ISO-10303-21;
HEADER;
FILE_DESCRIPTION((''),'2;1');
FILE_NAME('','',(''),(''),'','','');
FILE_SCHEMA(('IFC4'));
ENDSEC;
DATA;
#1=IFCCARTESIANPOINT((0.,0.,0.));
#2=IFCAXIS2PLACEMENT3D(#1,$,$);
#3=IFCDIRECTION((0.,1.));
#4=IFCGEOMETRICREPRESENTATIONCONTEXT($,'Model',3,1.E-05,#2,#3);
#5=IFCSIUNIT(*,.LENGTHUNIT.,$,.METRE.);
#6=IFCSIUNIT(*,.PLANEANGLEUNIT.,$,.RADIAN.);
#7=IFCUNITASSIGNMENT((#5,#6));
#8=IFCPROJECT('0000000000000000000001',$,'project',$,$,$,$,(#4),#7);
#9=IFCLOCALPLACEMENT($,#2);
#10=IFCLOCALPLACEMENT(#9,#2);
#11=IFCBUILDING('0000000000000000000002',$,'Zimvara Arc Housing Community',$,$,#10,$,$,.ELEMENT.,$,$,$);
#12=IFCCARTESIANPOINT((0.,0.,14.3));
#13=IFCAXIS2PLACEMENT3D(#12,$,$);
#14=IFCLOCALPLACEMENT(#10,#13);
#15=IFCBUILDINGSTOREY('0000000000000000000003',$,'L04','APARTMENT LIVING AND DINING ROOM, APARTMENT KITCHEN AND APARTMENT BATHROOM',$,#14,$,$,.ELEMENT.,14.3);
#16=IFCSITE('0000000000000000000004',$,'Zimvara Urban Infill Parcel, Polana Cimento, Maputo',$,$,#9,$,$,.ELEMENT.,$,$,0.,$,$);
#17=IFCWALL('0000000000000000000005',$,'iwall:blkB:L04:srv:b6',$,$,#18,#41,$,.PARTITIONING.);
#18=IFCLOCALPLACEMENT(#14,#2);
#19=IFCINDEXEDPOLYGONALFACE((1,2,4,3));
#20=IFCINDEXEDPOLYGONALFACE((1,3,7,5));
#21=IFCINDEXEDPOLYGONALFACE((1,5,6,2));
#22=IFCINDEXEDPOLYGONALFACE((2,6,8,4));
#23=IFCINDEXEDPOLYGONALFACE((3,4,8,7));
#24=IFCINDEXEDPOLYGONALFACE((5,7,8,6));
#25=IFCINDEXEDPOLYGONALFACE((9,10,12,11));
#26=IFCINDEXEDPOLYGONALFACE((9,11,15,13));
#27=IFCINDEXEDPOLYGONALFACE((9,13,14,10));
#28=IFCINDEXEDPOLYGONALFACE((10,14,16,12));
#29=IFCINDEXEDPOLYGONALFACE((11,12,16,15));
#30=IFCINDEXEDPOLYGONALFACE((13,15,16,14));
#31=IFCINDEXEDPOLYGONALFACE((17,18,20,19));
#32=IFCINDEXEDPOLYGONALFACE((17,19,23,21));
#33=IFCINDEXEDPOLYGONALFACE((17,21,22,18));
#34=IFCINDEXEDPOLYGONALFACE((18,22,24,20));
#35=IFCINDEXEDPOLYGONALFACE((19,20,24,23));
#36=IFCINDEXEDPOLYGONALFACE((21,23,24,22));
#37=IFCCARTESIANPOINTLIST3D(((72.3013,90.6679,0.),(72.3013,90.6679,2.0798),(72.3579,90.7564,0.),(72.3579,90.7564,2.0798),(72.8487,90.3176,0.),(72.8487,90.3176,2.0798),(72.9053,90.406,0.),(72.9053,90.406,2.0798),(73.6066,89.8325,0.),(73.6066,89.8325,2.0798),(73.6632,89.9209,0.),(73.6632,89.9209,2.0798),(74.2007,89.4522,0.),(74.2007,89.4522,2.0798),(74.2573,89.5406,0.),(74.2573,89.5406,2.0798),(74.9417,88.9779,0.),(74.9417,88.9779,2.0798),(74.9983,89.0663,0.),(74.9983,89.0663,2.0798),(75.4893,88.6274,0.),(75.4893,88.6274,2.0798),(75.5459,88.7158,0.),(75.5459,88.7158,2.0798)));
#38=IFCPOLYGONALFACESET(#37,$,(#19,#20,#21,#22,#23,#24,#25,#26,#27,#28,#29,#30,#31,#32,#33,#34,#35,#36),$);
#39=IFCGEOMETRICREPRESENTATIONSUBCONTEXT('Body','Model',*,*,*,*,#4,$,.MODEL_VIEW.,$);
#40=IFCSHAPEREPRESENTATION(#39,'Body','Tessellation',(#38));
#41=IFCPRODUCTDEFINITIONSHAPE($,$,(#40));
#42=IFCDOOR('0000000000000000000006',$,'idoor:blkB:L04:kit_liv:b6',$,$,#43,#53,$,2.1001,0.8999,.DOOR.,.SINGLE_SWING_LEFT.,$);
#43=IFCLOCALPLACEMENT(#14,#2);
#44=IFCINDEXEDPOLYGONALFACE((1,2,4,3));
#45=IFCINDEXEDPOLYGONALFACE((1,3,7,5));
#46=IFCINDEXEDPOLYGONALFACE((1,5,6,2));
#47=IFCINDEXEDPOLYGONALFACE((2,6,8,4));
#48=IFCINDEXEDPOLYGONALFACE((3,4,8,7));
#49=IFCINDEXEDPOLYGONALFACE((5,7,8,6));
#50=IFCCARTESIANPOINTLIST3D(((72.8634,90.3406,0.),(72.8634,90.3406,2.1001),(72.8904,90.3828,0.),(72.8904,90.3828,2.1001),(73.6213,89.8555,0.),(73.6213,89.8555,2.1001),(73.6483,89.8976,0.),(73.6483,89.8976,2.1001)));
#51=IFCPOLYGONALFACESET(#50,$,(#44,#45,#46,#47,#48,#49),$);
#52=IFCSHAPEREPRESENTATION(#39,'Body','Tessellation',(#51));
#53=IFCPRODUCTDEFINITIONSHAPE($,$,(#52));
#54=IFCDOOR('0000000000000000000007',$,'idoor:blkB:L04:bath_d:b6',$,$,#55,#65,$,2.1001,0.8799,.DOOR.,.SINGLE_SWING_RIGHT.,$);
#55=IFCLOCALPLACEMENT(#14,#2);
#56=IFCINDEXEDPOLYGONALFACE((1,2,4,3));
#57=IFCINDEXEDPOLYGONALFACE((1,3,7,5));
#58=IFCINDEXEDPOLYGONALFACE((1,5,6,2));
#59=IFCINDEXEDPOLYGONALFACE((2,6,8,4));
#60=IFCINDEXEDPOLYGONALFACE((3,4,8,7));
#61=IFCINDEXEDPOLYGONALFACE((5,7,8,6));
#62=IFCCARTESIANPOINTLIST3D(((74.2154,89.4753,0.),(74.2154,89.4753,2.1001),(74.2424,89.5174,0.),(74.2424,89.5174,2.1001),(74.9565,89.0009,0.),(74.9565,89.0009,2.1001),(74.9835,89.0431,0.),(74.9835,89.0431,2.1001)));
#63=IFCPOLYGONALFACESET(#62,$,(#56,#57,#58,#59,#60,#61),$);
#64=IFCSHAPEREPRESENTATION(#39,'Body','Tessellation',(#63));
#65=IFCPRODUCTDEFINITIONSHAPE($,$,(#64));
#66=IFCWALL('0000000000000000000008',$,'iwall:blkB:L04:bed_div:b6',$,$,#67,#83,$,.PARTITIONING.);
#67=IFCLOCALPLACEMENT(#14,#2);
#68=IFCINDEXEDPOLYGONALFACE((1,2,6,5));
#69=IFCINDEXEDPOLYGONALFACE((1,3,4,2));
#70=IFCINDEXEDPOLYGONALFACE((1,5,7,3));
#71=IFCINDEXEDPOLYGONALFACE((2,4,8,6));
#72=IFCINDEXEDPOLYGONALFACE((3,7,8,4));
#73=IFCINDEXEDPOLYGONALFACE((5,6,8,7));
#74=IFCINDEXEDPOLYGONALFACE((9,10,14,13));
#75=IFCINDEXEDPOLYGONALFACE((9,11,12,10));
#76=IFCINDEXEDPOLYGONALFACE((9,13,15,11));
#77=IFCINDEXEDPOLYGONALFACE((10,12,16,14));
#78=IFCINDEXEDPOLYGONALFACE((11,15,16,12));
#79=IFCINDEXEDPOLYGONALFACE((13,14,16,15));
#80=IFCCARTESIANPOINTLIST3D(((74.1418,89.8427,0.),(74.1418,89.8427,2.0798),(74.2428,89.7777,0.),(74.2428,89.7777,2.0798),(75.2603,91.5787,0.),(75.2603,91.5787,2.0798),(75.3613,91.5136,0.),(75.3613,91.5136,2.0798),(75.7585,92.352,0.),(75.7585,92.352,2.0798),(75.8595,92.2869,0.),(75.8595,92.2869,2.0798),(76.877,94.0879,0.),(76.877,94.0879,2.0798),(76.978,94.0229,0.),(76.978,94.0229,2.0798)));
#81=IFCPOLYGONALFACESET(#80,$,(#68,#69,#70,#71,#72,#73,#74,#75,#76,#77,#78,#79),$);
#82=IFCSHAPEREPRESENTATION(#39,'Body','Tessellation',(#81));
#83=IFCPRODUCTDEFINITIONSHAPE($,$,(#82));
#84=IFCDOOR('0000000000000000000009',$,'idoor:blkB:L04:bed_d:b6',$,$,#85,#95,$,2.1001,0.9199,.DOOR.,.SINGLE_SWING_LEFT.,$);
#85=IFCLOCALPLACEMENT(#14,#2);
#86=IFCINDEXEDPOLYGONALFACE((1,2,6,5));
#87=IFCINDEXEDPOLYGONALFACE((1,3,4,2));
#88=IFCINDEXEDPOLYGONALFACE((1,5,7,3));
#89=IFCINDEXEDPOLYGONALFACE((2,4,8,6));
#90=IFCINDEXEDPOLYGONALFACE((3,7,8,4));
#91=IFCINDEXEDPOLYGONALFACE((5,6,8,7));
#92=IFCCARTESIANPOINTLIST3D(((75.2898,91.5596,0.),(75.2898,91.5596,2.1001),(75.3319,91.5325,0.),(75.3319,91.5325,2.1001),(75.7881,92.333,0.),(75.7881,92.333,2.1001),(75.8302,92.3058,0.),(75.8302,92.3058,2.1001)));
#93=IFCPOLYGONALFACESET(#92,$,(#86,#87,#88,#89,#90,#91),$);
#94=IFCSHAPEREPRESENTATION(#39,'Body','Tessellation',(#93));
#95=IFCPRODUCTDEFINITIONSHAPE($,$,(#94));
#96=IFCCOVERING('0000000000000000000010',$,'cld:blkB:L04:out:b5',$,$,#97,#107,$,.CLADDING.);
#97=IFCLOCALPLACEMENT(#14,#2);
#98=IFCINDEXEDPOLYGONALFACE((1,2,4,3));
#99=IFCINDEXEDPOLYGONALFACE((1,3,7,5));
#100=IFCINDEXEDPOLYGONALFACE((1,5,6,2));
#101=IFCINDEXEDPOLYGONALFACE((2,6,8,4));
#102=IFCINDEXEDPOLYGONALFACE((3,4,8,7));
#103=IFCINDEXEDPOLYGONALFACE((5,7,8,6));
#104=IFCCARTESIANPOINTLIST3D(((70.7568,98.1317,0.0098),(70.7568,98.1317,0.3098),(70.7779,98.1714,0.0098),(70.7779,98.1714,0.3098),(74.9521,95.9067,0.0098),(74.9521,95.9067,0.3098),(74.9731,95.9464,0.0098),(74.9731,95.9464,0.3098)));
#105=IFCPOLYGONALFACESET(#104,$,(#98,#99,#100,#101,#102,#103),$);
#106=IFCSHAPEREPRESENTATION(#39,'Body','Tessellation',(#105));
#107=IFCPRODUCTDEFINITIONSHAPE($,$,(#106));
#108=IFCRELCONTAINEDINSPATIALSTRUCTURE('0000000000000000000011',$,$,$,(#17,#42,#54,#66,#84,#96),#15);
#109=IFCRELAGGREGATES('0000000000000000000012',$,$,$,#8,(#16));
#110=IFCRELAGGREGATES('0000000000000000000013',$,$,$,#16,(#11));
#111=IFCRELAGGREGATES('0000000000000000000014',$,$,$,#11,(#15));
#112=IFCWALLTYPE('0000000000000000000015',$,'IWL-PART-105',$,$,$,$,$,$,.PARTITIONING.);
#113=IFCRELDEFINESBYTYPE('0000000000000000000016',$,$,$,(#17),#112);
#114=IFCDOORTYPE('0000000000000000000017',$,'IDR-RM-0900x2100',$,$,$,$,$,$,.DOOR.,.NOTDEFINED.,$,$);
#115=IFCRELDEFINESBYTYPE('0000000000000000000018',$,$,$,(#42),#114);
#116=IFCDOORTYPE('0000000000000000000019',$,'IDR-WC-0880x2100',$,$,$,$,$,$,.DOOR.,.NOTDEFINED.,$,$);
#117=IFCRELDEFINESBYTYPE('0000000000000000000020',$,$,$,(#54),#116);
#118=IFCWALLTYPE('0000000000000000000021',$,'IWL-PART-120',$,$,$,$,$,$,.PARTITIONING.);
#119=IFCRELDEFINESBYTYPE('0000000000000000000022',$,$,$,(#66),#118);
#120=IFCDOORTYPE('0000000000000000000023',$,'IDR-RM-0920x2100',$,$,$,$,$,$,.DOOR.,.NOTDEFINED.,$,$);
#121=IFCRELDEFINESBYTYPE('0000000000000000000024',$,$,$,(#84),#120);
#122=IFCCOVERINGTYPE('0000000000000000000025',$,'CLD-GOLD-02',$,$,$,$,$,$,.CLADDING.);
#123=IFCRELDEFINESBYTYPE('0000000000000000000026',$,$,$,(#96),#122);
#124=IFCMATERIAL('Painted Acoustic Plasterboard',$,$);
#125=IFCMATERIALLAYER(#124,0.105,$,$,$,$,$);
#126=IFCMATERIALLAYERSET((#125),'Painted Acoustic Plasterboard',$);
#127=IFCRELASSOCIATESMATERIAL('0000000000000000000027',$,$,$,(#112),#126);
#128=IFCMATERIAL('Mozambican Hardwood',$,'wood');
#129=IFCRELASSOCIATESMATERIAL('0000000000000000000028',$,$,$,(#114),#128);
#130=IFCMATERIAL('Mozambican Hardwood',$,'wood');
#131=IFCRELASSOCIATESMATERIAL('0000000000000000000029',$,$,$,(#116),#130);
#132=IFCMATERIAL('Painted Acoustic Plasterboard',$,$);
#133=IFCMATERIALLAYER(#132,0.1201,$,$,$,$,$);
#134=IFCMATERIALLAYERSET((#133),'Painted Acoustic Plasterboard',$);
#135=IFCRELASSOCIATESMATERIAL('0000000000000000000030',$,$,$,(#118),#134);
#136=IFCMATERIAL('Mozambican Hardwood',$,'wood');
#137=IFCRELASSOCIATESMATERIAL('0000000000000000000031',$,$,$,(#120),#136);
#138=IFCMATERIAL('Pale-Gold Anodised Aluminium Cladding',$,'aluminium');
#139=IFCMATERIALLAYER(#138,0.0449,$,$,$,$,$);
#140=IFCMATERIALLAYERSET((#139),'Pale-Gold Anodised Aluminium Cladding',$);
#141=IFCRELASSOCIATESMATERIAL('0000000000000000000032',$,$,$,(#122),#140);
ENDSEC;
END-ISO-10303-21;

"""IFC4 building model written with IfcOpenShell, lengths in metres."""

from ifc_helpers import new_model, si_unit, direction, frame, frame_2d, origin, origin_2d, place, context, subcontext, project, spatial, rectangle, extrude, material, layer, layer_set, type_object, element, fill, save


model = new_model("IFC4")

# Units and contexts
model_context = context("Model", 3, precision=1e-05, world=origin(), true_north=direction((0.0, 1.0)))
body_context = subcontext(model_context, "Body", "Model", "MODEL_VIEW")
ifc_project = project(units=[si_unit("LENGTHUNIT", "METRE"), si_unit("PLANEANGLEUNIT", "RADIAN")], contexts=[model_context])

# Site, building, storey
site_placement = place(None, origin())
site = spatial("IfcSite", under=ifc_project, at=site_placement, Name="Zimvara Urban Infill Parcel, Polana Cimento, Maputo", CompositionType="ELEMENT", RefElevation=0.0)
building_placement = place(site_placement, origin())
building = spatial("IfcBuilding", under=site, at=building_placement, Name="Zimvara Arc Housing Community", CompositionType="ELEMENT")
storey_placement = place(building_placement, frame((0.0, 0.0, 14.3)))
storey = spatial("IfcBuildingStorey", under=building, at=storey_placement, Name="L04", Description="APARTMENT LIVING AND DINING ROOM, APARTMENT KITCHEN AND APARTMENT BATHROOM", CompositionType="ELEMENT", Elevation=14.3)

# Wall, openings, doors
ifc_material_1 = material(Name="Painted Acoustic Plasterboard")
ifc_layer_1 = layer(ifc_material_1, 0.105)
ifc_layer_set_1 = layer_set([ifc_layer_1], Name="Painted Acoustic Plasterboard")
wall_type_1 = type_object("IfcWallType", Name="IWL-PART-105", PredefinedType="PARTITIONING", material=ifc_layer_set_1)
wall_1_placement = place(storey_placement, frame((72.3296, 90.7122, 0.0), z_axis=(0.0, 0.0, 1.0), x_axis=(0.842246, -0.539094, 0.0)))
wall_1 = element("IfcWall", 1, at=wall_1_placement, inside=storey, type_object=wall_type_1, Name="iwall:blkB:L04:srv:b6", PredefinedType="PARTITIONING", context=body_context, shape_type="SweptSolid", body=[
    extrude(rectangle(XDim=3.7852, YDim=0.105, at=frame_2d((1.8926, 0.0))), origin(), (0.0, 0.0, 1.0), 2.0798),
])
opening_1_placement = place(wall_1_placement, frame((0.6499, 0.0, 0.0)))
opening_1 = element("IfcOpeningElement", 2, at=opening_1_placement, cuts=wall_1, PredefinedType="OPENING", context=body_context, shape_type="SweptSolid", body=[
    extrude(rectangle(XDim=0.8999, YDim=2.1001, at=frame_2d((0.45, 1.05))), frame((0.0, 0.0625, 0.0), z_axis=(0.0, -1.0, 0.0), x_axis=(1.0, 0.0, 0.0)), (0.0, 0.0, 1.0), 0.125),
])
opening_2_placement = place(wall_1_placement, frame((2.2551, 0.0, 0.0)))
opening_2 = element("IfcOpeningElement", 3, at=opening_2_placement, cuts=wall_1, PredefinedType="OPENING", context=body_context, shape_type="SweptSolid", body=[
    extrude(rectangle(XDim=0.8799, YDim=2.1001, at=frame_2d((0.4399, 1.05))), frame((0.0, 0.0625, 0.0), z_axis=(0.0, -1.0, 0.0), x_axis=(1.0, 0.0, 0.0)), (0.0, 0.0, 1.0), 0.125),
])
ifc_material_2 = material(Name="Mozambican Hardwood", Category="wood")
door_type_1 = type_object("IfcDoorType", Name="IDR-RM-0900x2100", OperationType="NOTDEFINED", PredefinedType="DOOR", material=ifc_material_2)
door_1_placement = place(opening_1_placement, origin())
door_1 = element("IfcDoor", 4, at=door_1_placement, inside=storey, type_object=door_type_1, Name="idoor:blkB:L04:kit_liv:b6", OperationType="SINGLE_SWING_LEFT", OverallHeight=2.1001, OverallWidth=0.8999, PredefinedType="DOOR", context=body_context, shape_type="SweptSolid", body=[
    extrude(rectangle(XDim=0.8999, YDim=2.1001, at=frame_2d((0.45, 1.05))), frame((0.0, 0.0249, 0.0), z_axis=(0.0, -1.0, 0.0), x_axis=(1.0, 0.0, 0.0)), (0.0, 0.0, 1.0), 0.05),
])
fill(opening_1, door_1)
ifc_material_3 = material(Name="Mozambican Hardwood", Category="wood")
door_type_2 = type_object("IfcDoorType", Name="IDR-WC-0880x2100", OperationType="NOTDEFINED", PredefinedType="DOOR", material=ifc_material_3)
door_2_placement = place(opening_2_placement, origin())
door_2 = element("IfcDoor", 5, at=door_2_placement, inside=storey, type_object=door_type_2, Name="idoor:blkB:L04:bath_d:b6", OperationType="SINGLE_SWING_RIGHT", OverallHeight=2.1001, OverallWidth=0.8799, PredefinedType="DOOR", context=body_context, shape_type="SweptSolid", body=[
    extrude(rectangle(XDim=0.8799, YDim=2.1001, at=frame_2d((0.4399, 1.05))), frame((0.0, 0.0249, 0.0), z_axis=(0.0, -1.0, 0.0), x_axis=(1.0, 0.0, 0.0)), (0.0, 0.0, 1.0), 0.05),
])
fill(opening_2, door_2)

# Wall, opening, door
ifc_material_4 = material(Name="Painted Acoustic Plasterboard")
ifc_layer_2 = layer(ifc_material_4, 0.1201)
ifc_layer_set_2 = layer_set([ifc_layer_2], Name="Painted Acoustic Plasterboard")
wall_type_2 = type_object("IfcWallType", Name="IWL-PART-120", PredefinedType="PARTITIONING", material=ifc_layer_set_2)
wall_2_placement = place(storey_placement, frame((74.1924, 89.8103, 0.0), z_axis=(0.0, 0.0, 1.0), x_axis=(0.541613, 0.840628, 0.0)))
wall_2 = element("IfcWall", 6, at=wall_2_placement, inside=storey, type_object=wall_type_2, Name="iwall:blkB:L04:bed_div:b6", PredefinedType="PARTITIONING", context=body_context, shape_type="SweptSolid", body=[
    extrude(rectangle(XDim=5.05, YDim=0.1201, at=frame_2d((2.5249, 0.0))), origin(), (0.0, 0.0, 1.0), 2.0798),
])
opening_3_placement = place(wall_2_placement, frame((2.0649, 0.0, 0.0)))
opening_3 = element("IfcOpeningElement", 7, at=opening_3_placement, cuts=wall_2, PredefinedType="OPENING", context=body_context, shape_type="SweptSolid", body=[
    extrude(rectangle(XDim=0.9199, YDim=2.1001, at=frame_2d((0.46, 1.05))), frame((0.0, 0.0701, 0.0), z_axis=(0.0, -1.0, 0.0), x_axis=(1.0, 0.0, 0.0)), (0.0, 0.0, 1.0), 0.1401),
])
ifc_material_5 = material(Name="Mozambican Hardwood", Category="wood")
door_type_3 = type_object("IfcDoorType", Name="IDR-RM-0920x2100", OperationType="NOTDEFINED", PredefinedType="DOOR", material=ifc_material_5)
door_3_placement = place(opening_3_placement, origin())
door_3 = element("IfcDoor", 8, at=door_3_placement, inside=storey, type_object=door_type_3, Name="idoor:blkB:L04:bed_d:b6", OperationType="SINGLE_SWING_LEFT", OverallHeight=2.1001, OverallWidth=0.9199, PredefinedType="DOOR", context=body_context, shape_type="SweptSolid", body=[
    extrude(rectangle(XDim=0.9199, YDim=2.1001, at=frame_2d((0.46, 1.05))), frame((0.0, 0.0249, 0.0), z_axis=(0.0, -1.0, 0.0), x_axis=(1.0, 0.0, 0.0)), (0.0, 0.0, 1.0), 0.05),
])
fill(opening_3, door_3)

# Covering
ifc_material_6 = material(Name="Pale-Gold Anodised Aluminium Cladding", Category="aluminium")
ifc_layer_3 = layer(ifc_material_6, 0.0449)
ifc_layer_set_3 = layer_set([ifc_layer_3], Name="Pale-Gold Anodised Aluminium Cladding")
covering_type = type_object("IfcCoveringType", Name="CLD-GOLD-02", PredefinedType="CLADDING", material=ifc_layer_set_3)
covering_placement = place(storey_placement, frame((72.865, 97.0391, 0.0098), z_axis=(0.0, 0.0, 1.0), x_axis=(0.883439, -0.468547, 0.0)))
element("IfcCovering", 9, at=covering_placement, inside=storey, type_object=covering_type, Name="cld:blkB:L04:out:b5", PredefinedType="CLADDING", context=body_context, shape_type="SweptSolid", body=[
    extrude(rectangle(XDim=4.7488, YDim=0.0449, at=origin_2d()), origin(), (0.0, 0.0, 1.0), 0.3),
])

save(model, "model.ifc")
